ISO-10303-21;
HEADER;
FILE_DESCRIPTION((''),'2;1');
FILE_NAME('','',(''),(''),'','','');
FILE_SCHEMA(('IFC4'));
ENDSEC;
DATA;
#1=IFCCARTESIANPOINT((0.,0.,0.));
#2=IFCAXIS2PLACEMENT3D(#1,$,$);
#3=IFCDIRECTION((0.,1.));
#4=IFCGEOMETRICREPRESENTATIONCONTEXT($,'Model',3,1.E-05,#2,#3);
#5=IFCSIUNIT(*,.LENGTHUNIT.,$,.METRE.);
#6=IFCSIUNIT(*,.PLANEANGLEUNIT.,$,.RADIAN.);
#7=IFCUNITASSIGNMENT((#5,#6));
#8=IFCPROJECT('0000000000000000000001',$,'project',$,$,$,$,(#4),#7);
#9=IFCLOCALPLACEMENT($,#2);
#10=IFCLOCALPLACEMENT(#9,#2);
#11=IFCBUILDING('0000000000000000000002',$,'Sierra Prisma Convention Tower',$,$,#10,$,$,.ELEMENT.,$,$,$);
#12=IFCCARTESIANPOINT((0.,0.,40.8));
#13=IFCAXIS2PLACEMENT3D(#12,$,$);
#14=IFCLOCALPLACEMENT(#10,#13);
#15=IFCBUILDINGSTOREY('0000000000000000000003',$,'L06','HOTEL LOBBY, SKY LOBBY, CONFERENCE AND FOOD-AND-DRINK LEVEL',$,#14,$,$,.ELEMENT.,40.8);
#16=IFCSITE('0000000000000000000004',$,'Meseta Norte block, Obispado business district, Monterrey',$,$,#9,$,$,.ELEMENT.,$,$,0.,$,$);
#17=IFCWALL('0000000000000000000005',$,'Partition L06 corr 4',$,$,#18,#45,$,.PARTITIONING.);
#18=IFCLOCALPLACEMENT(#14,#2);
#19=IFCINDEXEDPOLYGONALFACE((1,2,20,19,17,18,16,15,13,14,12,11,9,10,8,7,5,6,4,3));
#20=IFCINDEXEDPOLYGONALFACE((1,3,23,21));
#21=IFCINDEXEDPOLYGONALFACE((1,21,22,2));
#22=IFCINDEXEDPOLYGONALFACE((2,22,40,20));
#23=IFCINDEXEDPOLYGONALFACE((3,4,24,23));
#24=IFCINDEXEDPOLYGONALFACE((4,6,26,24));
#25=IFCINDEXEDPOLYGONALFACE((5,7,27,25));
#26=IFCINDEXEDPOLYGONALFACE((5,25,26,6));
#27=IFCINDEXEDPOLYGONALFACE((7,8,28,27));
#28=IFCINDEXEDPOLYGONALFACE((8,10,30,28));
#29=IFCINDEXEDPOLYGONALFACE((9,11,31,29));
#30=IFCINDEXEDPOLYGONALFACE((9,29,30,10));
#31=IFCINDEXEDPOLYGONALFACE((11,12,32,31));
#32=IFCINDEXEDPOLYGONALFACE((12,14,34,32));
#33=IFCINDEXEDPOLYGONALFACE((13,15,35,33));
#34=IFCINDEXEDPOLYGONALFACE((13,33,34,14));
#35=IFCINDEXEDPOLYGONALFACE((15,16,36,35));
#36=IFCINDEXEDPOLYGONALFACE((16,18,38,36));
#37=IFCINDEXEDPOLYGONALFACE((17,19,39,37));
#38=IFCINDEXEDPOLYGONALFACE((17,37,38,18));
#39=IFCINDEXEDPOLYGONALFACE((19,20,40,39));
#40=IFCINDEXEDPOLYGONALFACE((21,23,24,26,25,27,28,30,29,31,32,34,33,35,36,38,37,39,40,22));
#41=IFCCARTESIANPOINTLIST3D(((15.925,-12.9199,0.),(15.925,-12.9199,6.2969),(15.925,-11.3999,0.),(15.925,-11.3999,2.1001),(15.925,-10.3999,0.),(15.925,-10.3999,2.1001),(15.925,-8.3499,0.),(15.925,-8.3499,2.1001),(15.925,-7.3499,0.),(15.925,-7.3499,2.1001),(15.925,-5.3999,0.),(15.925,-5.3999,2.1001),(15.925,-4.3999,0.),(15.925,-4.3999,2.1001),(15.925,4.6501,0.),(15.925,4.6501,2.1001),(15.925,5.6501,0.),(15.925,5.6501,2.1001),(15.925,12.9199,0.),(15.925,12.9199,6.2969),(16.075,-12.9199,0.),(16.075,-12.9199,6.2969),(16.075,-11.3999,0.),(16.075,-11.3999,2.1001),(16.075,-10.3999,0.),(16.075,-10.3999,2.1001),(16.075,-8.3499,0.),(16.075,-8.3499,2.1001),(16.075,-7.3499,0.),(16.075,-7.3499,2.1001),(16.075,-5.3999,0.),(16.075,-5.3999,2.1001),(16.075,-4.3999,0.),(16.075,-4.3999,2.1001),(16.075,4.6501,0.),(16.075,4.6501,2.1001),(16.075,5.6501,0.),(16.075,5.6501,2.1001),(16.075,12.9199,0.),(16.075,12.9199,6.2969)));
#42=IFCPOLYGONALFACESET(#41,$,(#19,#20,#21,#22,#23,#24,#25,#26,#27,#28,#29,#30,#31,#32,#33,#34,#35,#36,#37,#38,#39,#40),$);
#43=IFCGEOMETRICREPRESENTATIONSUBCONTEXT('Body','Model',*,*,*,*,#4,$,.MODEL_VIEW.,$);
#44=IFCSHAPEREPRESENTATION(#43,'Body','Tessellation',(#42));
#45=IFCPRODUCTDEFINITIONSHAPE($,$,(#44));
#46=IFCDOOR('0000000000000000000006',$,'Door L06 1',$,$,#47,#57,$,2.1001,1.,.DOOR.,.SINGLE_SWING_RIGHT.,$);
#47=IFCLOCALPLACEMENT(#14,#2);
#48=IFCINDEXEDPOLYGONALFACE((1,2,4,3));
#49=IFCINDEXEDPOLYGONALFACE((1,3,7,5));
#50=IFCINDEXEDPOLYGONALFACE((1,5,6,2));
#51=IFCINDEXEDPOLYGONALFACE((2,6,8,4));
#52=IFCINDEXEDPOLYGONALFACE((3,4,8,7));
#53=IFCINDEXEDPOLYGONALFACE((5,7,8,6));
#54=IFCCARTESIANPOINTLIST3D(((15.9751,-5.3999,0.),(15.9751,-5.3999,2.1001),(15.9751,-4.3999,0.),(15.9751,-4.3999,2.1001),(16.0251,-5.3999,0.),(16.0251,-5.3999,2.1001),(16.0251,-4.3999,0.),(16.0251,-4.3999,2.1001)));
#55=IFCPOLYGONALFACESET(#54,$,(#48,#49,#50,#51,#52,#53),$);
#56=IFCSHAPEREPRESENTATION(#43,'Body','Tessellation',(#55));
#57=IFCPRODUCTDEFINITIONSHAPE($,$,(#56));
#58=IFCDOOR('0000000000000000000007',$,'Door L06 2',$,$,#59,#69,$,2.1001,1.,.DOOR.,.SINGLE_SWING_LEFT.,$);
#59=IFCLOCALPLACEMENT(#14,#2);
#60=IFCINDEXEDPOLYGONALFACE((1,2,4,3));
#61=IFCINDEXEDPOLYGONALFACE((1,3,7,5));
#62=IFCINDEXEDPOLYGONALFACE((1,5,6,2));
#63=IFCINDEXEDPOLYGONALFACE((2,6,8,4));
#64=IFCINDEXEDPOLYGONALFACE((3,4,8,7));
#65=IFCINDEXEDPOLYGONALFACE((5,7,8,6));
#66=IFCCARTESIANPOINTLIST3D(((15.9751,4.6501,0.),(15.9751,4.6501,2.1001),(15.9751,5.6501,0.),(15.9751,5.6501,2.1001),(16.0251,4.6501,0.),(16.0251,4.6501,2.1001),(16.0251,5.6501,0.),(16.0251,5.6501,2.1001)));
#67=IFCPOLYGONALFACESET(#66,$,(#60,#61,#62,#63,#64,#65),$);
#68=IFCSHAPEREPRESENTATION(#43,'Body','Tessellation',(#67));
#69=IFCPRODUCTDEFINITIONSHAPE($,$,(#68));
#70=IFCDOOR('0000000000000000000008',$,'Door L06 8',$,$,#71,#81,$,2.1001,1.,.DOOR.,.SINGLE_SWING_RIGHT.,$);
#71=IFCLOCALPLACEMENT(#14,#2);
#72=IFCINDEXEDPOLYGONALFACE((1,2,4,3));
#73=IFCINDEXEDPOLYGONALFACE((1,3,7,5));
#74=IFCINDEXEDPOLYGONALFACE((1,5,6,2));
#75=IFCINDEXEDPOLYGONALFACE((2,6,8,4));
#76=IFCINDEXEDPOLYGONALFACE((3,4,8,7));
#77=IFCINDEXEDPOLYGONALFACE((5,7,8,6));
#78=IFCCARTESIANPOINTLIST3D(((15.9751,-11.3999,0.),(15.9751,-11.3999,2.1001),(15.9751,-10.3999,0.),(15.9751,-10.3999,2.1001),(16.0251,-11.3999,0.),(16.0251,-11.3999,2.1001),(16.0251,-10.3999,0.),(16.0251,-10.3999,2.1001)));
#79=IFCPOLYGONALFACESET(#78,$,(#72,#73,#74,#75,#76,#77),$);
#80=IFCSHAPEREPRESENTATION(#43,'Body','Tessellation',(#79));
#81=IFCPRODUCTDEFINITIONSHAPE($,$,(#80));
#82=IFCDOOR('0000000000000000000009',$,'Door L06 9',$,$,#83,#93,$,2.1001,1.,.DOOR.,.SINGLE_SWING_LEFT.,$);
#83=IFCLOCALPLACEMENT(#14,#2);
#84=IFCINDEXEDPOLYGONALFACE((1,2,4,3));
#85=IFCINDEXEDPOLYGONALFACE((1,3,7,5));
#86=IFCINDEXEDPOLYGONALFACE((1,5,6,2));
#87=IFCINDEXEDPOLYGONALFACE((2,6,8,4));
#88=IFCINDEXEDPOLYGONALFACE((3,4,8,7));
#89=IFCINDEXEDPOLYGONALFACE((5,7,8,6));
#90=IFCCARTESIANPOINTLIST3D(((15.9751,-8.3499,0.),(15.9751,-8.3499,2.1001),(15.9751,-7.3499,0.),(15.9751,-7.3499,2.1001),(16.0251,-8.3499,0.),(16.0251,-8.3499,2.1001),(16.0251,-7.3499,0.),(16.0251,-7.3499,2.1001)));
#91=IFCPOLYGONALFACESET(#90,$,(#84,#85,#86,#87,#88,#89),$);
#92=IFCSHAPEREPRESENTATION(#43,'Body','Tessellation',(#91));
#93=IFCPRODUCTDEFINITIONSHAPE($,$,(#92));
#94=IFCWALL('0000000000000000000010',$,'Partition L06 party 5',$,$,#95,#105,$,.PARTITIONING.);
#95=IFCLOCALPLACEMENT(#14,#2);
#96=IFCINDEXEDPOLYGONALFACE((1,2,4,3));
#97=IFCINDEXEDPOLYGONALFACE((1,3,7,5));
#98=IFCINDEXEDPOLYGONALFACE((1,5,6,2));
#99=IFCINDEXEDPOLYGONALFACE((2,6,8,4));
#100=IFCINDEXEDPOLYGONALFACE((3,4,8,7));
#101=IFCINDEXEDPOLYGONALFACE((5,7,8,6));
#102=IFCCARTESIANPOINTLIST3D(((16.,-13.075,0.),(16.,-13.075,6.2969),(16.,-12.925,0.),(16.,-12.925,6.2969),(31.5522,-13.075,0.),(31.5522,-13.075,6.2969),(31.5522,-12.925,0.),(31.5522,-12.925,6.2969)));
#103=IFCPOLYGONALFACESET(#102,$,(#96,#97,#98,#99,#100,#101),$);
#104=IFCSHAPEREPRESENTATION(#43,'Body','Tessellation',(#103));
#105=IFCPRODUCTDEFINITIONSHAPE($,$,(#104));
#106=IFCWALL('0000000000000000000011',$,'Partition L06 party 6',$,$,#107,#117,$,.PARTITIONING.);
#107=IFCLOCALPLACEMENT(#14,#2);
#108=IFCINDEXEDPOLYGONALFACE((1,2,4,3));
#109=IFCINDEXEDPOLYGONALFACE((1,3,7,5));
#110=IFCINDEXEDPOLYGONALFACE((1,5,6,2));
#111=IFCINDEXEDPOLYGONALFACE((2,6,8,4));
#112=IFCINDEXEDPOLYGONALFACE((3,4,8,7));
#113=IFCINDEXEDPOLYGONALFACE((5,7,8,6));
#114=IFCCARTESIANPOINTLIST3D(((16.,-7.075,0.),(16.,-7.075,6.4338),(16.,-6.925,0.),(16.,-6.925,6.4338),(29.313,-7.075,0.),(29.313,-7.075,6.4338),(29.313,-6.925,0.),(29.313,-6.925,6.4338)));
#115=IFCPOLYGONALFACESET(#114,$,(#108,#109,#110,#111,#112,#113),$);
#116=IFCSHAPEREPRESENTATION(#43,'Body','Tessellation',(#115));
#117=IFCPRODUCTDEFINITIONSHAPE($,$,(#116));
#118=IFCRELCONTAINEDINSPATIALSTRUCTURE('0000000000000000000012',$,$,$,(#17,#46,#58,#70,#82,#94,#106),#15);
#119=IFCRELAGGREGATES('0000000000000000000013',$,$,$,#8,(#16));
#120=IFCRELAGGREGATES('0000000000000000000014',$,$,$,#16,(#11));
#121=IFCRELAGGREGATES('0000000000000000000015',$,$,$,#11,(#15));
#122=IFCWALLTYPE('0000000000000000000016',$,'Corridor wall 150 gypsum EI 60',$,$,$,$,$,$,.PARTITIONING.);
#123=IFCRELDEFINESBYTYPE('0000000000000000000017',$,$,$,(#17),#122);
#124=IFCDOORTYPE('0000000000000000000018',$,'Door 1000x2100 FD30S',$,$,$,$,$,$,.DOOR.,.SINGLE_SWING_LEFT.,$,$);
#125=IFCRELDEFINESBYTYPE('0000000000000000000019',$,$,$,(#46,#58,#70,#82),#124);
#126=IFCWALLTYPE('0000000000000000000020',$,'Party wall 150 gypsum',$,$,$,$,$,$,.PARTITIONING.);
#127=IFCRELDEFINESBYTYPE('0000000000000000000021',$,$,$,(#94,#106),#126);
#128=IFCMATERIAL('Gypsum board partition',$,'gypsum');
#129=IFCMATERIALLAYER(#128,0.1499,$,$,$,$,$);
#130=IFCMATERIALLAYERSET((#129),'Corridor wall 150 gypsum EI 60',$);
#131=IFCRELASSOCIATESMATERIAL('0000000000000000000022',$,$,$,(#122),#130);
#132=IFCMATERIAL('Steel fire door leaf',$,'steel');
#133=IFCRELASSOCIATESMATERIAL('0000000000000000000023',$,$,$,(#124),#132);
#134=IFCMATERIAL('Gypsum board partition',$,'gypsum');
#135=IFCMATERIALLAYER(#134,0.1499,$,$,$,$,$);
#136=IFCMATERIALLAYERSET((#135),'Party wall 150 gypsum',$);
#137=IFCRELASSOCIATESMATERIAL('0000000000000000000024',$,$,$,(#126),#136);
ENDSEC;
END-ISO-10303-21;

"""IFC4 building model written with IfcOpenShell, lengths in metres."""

from ifc_helpers import new_model, si_unit, direction, frame, frame_2d, origin, place, context, subcontext, project, spatial, rectangle, extrude, material, layer, layer_set, type_object, element, fill, save


model = new_model("IFC4")

# Units and contexts
model_context = context("Model", 3, precision=1e-05, world=origin(), true_north=direction((0.0, 1.0)))
body_context = subcontext(model_context, "Body", "Model", "MODEL_VIEW")
ifc_project = project(units=[si_unit("LENGTHUNIT", "METRE"), si_unit("PLANEANGLEUNIT", "RADIAN")], contexts=[model_context])

# Site, building, storey
site_placement = place(None, origin())
site = spatial("IfcSite", under=ifc_project, at=site_placement, Name="Meseta Norte block, Obispado business district, Monterrey", CompositionType="ELEMENT", RefElevation=0.0)
building_placement = place(site_placement, origin())
building = spatial("IfcBuilding", under=site, at=building_placement, Name="Sierra Prisma Convention Tower", CompositionType="ELEMENT")
storey_placement = place(building_placement, frame((0.0, 0.0, 40.8)))
storey = spatial("IfcBuildingStorey", under=building, at=storey_placement, Name="L06", Description="HOTEL LOBBY, SKY LOBBY, CONFERENCE AND FOOD-AND-DRINK LEVEL", CompositionType="ELEMENT", Elevation=40.8)

# Wall, openings, doors
ifc_material_1 = material(Name="Gypsum board partition", Category="gypsum")
ifc_layer_1 = layer(ifc_material_1, 0.1499)
ifc_layer_set_1 = layer_set([ifc_layer_1], Name="Corridor wall 150 gypsum EI 60")
wall_type_1 = type_object("IfcWallType", Name="Corridor wall 150 gypsum EI 60", PredefinedType="PARTITIONING", material=ifc_layer_set_1)
wall_1_placement = place(storey_placement, frame((16.0, -12.9199, 0.0), z_axis=(0.0, 0.0, 1.0), x_axis=(0.0, 1.0, 0.0)))
wall_1 = element("IfcWall", 1, at=wall_1_placement, inside=storey, type_object=wall_type_1, Name="Partition L06 corr 4", PredefinedType="PARTITIONING", context=body_context, shape_type="SweptSolid", body=[
    extrude(rectangle(XDim=25.8398, YDim=0.1499, at=frame_2d((12.9199, 0.0))), origin(), (0.0, 0.0, 1.0), 6.2969),
])
opening_1_placement = place(wall_1_placement, frame((7.52, 0.0, 0.0)))
opening_1 = element("IfcOpeningElement", 2, at=opening_1_placement, cuts=wall_1, PredefinedType="OPENING", context=body_context, shape_type="SweptSolid", body=[
    extrude(rectangle(XDim=1.0, YDim=2.1001, at=frame_2d((0.5, 1.05))), frame((0.0, 0.075, 0.0), z_axis=(0.0, -1.0, 0.0), x_axis=(1.0, 0.0, 0.0)), (0.0, 0.0, 1.0), 0.1499),
])
opening_2_placement = place(wall_1_placement, frame((17.5701, 0.0, 0.0)))
opening_2 = element("IfcOpeningElement", 3, at=opening_2_placement, cuts=wall_1, PredefinedType="OPENING", context=body_context, shape_type="SweptSolid", body=[
    extrude(rectangle(XDim=1.0, YDim=2.1001, at=frame_2d((0.5, 1.05))), frame((0.0, 0.075, 0.0), z_axis=(0.0, -1.0, 0.0), x_axis=(1.0, 0.0, 0.0)), (0.0, 0.0, 1.0), 0.1499),
])
opening_3_placement = place(wall_1_placement, frame((1.52, 0.0, 0.0)))
opening_3 = element("IfcOpeningElement", 4, at=opening_3_placement, cuts=wall_1, PredefinedType="OPENING", context=body_context, shape_type="SweptSolid", body=[
    extrude(rectangle(XDim=1.0, YDim=2.1001, at=frame_2d((0.5, 1.05))), frame((0.0, 0.075, 0.0), z_axis=(0.0, -1.0, 0.0), x_axis=(1.0, 0.0, 0.0)), (0.0, 0.0, 1.0), 0.1499),
])
opening_4_placement = place(wall_1_placement, frame((4.5701, 0.0, 0.0)))
opening_4 = element("IfcOpeningElement", 5, at=opening_4_placement, cuts=wall_1, PredefinedType="OPENING", context=body_context, shape_type="SweptSolid", body=[
    extrude(rectangle(XDim=1.0, YDim=2.1001, at=frame_2d((0.5, 1.05))), frame((0.0, 0.075, 0.0), z_axis=(0.0, -1.0, 0.0), x_axis=(1.0, 0.0, 0.0)), (0.0, 0.0, 1.0), 0.1499),
])
ifc_material_2 = material(Name="Steel fire door leaf", Category="steel")
door_type = type_object("IfcDoorType", Name="Door 1000x2100 FD30S", OperationType="SINGLE_SWING_LEFT", PredefinedType="DOOR", material=ifc_material_2)
door_1_placement = place(opening_1_placement, origin())
door_1 = element("IfcDoor", 6, at=door_1_placement, inside=storey, type_object=door_type, Name="Door L06 1", OperationType="SINGLE_SWING_RIGHT", OverallHeight=2.1001, OverallWidth=1.0, PredefinedType="DOOR", context=body_context, shape_type="SweptSolid", body=[
    extrude(rectangle(XDim=1.0, YDim=2.1001, at=frame_2d((0.5, 1.05))), frame((0.0, 0.0249, 0.0), z_axis=(0.0, -1.0, 0.0), x_axis=(1.0, 0.0, 0.0)), (0.0, 0.0, 1.0), 0.05),
])
fill(opening_1, door_1)
door_2_placement = place(opening_2_placement, origin())
door_2 = element("IfcDoor", 7, at=door_2_placement, inside=storey, type_object=door_type, Name="Door L06 2", OperationType="SINGLE_SWING_LEFT", OverallHeight=2.1001, OverallWidth=1.0, PredefinedType="DOOR", context=body_context, shape_type="SweptSolid", body=[
    extrude(rectangle(XDim=1.0, YDim=2.1001, at=frame_2d((0.5, 1.05))), frame((0.0, 0.0249, 0.0), z_axis=(0.0, -1.0, 0.0), x_axis=(1.0, 0.0, 0.0)), (0.0, 0.0, 1.0), 0.05),
])
fill(opening_2, door_2)
door_3_placement = place(opening_3_placement, origin())
door_3 = element("IfcDoor", 8, at=door_3_placement, inside=storey, type_object=door_type, Name="Door L06 8", OperationType="SINGLE_SWING_RIGHT", OverallHeight=2.1001, OverallWidth=1.0, PredefinedType="DOOR", context=body_context, shape_type="SweptSolid", body=[
    extrude(rectangle(XDim=1.0, YDim=2.1001, at=frame_2d((0.5, 1.05))), frame((0.0, 0.0249, 0.0), z_axis=(0.0, -1.0, 0.0), x_axis=(1.0, 0.0, 0.0)), (0.0, 0.0, 1.0), 0.05),
])
fill(opening_3, door_3)
door_4_placement = place(opening_4_placement, origin())
door_4 = element("IfcDoor", 9, at=door_4_placement, inside=storey, type_object=door_type, Name="Door L06 9", OperationType="SINGLE_SWING_LEFT", OverallHeight=2.1001, OverallWidth=1.0, PredefinedType="DOOR", context=body_context, shape_type="SweptSolid", body=[
    extrude(rectangle(XDim=1.0, YDim=2.1001, at=frame_2d((0.5, 1.05))), frame((0.0, 0.0249, 0.0), z_axis=(0.0, -1.0, 0.0), x_axis=(1.0, 0.0, 0.0)), (0.0, 0.0, 1.0), 0.05),
])
fill(opening_4, door_4)

# Walls
ifc_material_3 = material(Name="Gypsum board partition", Category="gypsum")
ifc_layer_2 = layer(ifc_material_3, 0.1499)
ifc_layer_set_2 = layer_set([ifc_layer_2], Name="Party wall 150 gypsum")
wall_type_2 = type_object("IfcWallType", Name="Party wall 150 gypsum", PredefinedType="PARTITIONING", material=ifc_layer_set_2)
wall_2_placement = place(storey_placement, frame((16.0, -13.0, 0.0), z_axis=(0.0, 0.0, 1.0), x_axis=(1.0, 0.0, 0.0)))
element("IfcWall", 10, at=wall_2_placement, inside=storey, type_object=wall_type_2, Name="Partition L06 party 5", PredefinedType="PARTITIONING", context=body_context, shape_type="SweptSolid", body=[
    extrude(rectangle(XDim=15.5522, YDim=0.1499, at=frame_2d((7.7761, 0.0))), origin(), (0.0, 0.0, 1.0), 6.2969),
])
wall_3_placement = place(storey_placement, frame((29.313, -7.0, 0.0), z_axis=(0.0, 0.0, 1.0), x_axis=(-1.0, 0.0, 0.0)))
element("IfcWall", 11, at=wall_3_placement, inside=storey, type_object=wall_type_2, Name="Partition L06 party 6", PredefinedType="PARTITIONING", context=body_context, shape_type="SweptSolid", body=[
    extrude(rectangle(XDim=13.313, YDim=0.1499, at=frame_2d((6.6565, 0.0))), origin(), (0.0, 0.0, 1.0), 6.4338),
])

save(model, "model.ifc")
